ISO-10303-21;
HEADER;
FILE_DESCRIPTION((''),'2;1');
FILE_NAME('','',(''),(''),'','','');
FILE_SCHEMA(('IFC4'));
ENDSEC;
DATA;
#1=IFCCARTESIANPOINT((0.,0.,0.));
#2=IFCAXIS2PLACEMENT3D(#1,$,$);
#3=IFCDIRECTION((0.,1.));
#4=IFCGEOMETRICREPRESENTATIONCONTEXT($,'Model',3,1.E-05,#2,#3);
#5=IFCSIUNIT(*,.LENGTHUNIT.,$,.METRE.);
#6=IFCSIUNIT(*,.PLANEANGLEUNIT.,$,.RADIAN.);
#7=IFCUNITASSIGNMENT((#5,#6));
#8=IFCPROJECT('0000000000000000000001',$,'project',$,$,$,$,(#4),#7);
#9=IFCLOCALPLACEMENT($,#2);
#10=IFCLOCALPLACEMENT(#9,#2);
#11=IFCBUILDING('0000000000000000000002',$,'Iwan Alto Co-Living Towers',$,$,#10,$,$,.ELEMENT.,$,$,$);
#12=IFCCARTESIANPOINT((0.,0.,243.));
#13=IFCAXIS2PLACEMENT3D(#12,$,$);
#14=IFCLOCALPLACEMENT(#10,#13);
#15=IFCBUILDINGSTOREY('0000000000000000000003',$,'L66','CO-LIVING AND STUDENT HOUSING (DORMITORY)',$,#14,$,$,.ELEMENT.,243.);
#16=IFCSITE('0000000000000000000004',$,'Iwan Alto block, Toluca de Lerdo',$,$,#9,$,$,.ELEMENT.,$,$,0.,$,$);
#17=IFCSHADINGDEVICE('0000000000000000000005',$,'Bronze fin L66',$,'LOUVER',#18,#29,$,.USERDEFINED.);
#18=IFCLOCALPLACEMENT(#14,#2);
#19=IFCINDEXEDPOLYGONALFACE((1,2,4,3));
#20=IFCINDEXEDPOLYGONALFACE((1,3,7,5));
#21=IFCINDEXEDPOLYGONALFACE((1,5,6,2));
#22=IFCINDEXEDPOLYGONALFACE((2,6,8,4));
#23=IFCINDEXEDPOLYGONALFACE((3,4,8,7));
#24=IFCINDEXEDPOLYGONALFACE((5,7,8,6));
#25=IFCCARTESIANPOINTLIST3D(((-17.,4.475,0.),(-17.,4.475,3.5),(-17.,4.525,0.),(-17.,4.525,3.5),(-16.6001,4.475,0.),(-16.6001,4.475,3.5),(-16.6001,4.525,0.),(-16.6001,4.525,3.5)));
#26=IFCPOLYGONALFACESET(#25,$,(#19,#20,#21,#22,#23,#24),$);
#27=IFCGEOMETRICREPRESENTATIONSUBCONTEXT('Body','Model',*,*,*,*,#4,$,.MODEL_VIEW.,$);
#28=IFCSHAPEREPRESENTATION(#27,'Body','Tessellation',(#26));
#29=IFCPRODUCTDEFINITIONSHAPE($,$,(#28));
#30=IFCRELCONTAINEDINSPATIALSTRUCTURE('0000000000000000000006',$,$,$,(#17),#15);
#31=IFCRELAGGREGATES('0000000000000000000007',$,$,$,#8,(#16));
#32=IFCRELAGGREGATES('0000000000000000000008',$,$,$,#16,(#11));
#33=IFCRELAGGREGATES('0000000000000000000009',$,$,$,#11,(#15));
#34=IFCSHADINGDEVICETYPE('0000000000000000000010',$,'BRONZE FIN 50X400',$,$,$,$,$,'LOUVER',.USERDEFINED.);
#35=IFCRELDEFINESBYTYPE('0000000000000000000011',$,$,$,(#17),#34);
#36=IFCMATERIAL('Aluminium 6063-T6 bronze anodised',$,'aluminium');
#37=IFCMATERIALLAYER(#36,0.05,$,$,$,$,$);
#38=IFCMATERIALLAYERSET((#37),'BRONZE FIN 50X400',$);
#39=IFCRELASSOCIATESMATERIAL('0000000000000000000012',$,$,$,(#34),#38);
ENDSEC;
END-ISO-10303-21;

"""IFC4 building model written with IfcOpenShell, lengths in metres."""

from ifc_helpers import new_model, si_unit, direction, frame, origin, origin_2d, place, context, subcontext, project, spatial, rectangle, extrude, material, layer, layer_set, type_object, element, save


model = new_model("IFC4")

# Units and contexts
model_context = context("Model", 3, precision=1e-05, world=origin(), true_north=direction((0.0, 1.0)))
body_context = subcontext(model_context, "Body", "Model", "MODEL_VIEW")
ifc_project = project(units=[si_unit("LENGTHUNIT", "METRE"), si_unit("PLANEANGLEUNIT", "RADIAN")], contexts=[model_context])

# Site, building, storey
site_placement = place(None, origin())
site = spatial("IfcSite", under=ifc_project, at=site_placement, Name="Iwan Alto block, Toluca de Lerdo", CompositionType="ELEMENT", RefElevation=0.0)
building_placement = place(site_placement, origin())
building = spatial("IfcBuilding", under=site, at=building_placement, Name="Iwan Alto Co-Living Towers", CompositionType="ELEMENT")
storey_placement = place(building_placement, frame((0.0, 0.0, 243.0)))
storey = spatial("IfcBuildingStorey", under=building, at=storey_placement, Name="L66", Description="CO-LIVING AND STUDENT HOUSING (DORMITORY)", CompositionType="ELEMENT", Elevation=243.0)

# Shading device
ifc_material_1 = material(Name="Aluminium 6063-T6 bronze anodised", Category="aluminium")
ifc_layer_1 = layer(ifc_material_1, 0.05)
ifc_layer_set_1 = layer_set([ifc_layer_1], Name="BRONZE FIN 50X400")
shading_device_type = type_object("IfcShadingDeviceType", Name="BRONZE FIN 50X400", ElementType="LOUVER", PredefinedType="USERDEFINED", material=ifc_layer_set_1)
shading_device_placement = place(storey_placement, frame((-16.8, 4.5, 0.0), z_axis=(0.0, 0.0, 1.0), x_axis=(0.0, -1.0, 0.0)))
element("IfcShadingDevice", 1, at=shading_device_placement, inside=storey, type_object=shading_device_type, Name="Bronze fin L66", ObjectType="LOUVER", PredefinedType="USERDEFINED", context=body_context, shape_type="SweptSolid", body=[
    extrude(rectangle(XDim=0.05, YDim=0.3999, at=origin_2d()), origin(), (0.0, 0.0, 1.0), 3.5),
])

save(model, "model.ifc")
